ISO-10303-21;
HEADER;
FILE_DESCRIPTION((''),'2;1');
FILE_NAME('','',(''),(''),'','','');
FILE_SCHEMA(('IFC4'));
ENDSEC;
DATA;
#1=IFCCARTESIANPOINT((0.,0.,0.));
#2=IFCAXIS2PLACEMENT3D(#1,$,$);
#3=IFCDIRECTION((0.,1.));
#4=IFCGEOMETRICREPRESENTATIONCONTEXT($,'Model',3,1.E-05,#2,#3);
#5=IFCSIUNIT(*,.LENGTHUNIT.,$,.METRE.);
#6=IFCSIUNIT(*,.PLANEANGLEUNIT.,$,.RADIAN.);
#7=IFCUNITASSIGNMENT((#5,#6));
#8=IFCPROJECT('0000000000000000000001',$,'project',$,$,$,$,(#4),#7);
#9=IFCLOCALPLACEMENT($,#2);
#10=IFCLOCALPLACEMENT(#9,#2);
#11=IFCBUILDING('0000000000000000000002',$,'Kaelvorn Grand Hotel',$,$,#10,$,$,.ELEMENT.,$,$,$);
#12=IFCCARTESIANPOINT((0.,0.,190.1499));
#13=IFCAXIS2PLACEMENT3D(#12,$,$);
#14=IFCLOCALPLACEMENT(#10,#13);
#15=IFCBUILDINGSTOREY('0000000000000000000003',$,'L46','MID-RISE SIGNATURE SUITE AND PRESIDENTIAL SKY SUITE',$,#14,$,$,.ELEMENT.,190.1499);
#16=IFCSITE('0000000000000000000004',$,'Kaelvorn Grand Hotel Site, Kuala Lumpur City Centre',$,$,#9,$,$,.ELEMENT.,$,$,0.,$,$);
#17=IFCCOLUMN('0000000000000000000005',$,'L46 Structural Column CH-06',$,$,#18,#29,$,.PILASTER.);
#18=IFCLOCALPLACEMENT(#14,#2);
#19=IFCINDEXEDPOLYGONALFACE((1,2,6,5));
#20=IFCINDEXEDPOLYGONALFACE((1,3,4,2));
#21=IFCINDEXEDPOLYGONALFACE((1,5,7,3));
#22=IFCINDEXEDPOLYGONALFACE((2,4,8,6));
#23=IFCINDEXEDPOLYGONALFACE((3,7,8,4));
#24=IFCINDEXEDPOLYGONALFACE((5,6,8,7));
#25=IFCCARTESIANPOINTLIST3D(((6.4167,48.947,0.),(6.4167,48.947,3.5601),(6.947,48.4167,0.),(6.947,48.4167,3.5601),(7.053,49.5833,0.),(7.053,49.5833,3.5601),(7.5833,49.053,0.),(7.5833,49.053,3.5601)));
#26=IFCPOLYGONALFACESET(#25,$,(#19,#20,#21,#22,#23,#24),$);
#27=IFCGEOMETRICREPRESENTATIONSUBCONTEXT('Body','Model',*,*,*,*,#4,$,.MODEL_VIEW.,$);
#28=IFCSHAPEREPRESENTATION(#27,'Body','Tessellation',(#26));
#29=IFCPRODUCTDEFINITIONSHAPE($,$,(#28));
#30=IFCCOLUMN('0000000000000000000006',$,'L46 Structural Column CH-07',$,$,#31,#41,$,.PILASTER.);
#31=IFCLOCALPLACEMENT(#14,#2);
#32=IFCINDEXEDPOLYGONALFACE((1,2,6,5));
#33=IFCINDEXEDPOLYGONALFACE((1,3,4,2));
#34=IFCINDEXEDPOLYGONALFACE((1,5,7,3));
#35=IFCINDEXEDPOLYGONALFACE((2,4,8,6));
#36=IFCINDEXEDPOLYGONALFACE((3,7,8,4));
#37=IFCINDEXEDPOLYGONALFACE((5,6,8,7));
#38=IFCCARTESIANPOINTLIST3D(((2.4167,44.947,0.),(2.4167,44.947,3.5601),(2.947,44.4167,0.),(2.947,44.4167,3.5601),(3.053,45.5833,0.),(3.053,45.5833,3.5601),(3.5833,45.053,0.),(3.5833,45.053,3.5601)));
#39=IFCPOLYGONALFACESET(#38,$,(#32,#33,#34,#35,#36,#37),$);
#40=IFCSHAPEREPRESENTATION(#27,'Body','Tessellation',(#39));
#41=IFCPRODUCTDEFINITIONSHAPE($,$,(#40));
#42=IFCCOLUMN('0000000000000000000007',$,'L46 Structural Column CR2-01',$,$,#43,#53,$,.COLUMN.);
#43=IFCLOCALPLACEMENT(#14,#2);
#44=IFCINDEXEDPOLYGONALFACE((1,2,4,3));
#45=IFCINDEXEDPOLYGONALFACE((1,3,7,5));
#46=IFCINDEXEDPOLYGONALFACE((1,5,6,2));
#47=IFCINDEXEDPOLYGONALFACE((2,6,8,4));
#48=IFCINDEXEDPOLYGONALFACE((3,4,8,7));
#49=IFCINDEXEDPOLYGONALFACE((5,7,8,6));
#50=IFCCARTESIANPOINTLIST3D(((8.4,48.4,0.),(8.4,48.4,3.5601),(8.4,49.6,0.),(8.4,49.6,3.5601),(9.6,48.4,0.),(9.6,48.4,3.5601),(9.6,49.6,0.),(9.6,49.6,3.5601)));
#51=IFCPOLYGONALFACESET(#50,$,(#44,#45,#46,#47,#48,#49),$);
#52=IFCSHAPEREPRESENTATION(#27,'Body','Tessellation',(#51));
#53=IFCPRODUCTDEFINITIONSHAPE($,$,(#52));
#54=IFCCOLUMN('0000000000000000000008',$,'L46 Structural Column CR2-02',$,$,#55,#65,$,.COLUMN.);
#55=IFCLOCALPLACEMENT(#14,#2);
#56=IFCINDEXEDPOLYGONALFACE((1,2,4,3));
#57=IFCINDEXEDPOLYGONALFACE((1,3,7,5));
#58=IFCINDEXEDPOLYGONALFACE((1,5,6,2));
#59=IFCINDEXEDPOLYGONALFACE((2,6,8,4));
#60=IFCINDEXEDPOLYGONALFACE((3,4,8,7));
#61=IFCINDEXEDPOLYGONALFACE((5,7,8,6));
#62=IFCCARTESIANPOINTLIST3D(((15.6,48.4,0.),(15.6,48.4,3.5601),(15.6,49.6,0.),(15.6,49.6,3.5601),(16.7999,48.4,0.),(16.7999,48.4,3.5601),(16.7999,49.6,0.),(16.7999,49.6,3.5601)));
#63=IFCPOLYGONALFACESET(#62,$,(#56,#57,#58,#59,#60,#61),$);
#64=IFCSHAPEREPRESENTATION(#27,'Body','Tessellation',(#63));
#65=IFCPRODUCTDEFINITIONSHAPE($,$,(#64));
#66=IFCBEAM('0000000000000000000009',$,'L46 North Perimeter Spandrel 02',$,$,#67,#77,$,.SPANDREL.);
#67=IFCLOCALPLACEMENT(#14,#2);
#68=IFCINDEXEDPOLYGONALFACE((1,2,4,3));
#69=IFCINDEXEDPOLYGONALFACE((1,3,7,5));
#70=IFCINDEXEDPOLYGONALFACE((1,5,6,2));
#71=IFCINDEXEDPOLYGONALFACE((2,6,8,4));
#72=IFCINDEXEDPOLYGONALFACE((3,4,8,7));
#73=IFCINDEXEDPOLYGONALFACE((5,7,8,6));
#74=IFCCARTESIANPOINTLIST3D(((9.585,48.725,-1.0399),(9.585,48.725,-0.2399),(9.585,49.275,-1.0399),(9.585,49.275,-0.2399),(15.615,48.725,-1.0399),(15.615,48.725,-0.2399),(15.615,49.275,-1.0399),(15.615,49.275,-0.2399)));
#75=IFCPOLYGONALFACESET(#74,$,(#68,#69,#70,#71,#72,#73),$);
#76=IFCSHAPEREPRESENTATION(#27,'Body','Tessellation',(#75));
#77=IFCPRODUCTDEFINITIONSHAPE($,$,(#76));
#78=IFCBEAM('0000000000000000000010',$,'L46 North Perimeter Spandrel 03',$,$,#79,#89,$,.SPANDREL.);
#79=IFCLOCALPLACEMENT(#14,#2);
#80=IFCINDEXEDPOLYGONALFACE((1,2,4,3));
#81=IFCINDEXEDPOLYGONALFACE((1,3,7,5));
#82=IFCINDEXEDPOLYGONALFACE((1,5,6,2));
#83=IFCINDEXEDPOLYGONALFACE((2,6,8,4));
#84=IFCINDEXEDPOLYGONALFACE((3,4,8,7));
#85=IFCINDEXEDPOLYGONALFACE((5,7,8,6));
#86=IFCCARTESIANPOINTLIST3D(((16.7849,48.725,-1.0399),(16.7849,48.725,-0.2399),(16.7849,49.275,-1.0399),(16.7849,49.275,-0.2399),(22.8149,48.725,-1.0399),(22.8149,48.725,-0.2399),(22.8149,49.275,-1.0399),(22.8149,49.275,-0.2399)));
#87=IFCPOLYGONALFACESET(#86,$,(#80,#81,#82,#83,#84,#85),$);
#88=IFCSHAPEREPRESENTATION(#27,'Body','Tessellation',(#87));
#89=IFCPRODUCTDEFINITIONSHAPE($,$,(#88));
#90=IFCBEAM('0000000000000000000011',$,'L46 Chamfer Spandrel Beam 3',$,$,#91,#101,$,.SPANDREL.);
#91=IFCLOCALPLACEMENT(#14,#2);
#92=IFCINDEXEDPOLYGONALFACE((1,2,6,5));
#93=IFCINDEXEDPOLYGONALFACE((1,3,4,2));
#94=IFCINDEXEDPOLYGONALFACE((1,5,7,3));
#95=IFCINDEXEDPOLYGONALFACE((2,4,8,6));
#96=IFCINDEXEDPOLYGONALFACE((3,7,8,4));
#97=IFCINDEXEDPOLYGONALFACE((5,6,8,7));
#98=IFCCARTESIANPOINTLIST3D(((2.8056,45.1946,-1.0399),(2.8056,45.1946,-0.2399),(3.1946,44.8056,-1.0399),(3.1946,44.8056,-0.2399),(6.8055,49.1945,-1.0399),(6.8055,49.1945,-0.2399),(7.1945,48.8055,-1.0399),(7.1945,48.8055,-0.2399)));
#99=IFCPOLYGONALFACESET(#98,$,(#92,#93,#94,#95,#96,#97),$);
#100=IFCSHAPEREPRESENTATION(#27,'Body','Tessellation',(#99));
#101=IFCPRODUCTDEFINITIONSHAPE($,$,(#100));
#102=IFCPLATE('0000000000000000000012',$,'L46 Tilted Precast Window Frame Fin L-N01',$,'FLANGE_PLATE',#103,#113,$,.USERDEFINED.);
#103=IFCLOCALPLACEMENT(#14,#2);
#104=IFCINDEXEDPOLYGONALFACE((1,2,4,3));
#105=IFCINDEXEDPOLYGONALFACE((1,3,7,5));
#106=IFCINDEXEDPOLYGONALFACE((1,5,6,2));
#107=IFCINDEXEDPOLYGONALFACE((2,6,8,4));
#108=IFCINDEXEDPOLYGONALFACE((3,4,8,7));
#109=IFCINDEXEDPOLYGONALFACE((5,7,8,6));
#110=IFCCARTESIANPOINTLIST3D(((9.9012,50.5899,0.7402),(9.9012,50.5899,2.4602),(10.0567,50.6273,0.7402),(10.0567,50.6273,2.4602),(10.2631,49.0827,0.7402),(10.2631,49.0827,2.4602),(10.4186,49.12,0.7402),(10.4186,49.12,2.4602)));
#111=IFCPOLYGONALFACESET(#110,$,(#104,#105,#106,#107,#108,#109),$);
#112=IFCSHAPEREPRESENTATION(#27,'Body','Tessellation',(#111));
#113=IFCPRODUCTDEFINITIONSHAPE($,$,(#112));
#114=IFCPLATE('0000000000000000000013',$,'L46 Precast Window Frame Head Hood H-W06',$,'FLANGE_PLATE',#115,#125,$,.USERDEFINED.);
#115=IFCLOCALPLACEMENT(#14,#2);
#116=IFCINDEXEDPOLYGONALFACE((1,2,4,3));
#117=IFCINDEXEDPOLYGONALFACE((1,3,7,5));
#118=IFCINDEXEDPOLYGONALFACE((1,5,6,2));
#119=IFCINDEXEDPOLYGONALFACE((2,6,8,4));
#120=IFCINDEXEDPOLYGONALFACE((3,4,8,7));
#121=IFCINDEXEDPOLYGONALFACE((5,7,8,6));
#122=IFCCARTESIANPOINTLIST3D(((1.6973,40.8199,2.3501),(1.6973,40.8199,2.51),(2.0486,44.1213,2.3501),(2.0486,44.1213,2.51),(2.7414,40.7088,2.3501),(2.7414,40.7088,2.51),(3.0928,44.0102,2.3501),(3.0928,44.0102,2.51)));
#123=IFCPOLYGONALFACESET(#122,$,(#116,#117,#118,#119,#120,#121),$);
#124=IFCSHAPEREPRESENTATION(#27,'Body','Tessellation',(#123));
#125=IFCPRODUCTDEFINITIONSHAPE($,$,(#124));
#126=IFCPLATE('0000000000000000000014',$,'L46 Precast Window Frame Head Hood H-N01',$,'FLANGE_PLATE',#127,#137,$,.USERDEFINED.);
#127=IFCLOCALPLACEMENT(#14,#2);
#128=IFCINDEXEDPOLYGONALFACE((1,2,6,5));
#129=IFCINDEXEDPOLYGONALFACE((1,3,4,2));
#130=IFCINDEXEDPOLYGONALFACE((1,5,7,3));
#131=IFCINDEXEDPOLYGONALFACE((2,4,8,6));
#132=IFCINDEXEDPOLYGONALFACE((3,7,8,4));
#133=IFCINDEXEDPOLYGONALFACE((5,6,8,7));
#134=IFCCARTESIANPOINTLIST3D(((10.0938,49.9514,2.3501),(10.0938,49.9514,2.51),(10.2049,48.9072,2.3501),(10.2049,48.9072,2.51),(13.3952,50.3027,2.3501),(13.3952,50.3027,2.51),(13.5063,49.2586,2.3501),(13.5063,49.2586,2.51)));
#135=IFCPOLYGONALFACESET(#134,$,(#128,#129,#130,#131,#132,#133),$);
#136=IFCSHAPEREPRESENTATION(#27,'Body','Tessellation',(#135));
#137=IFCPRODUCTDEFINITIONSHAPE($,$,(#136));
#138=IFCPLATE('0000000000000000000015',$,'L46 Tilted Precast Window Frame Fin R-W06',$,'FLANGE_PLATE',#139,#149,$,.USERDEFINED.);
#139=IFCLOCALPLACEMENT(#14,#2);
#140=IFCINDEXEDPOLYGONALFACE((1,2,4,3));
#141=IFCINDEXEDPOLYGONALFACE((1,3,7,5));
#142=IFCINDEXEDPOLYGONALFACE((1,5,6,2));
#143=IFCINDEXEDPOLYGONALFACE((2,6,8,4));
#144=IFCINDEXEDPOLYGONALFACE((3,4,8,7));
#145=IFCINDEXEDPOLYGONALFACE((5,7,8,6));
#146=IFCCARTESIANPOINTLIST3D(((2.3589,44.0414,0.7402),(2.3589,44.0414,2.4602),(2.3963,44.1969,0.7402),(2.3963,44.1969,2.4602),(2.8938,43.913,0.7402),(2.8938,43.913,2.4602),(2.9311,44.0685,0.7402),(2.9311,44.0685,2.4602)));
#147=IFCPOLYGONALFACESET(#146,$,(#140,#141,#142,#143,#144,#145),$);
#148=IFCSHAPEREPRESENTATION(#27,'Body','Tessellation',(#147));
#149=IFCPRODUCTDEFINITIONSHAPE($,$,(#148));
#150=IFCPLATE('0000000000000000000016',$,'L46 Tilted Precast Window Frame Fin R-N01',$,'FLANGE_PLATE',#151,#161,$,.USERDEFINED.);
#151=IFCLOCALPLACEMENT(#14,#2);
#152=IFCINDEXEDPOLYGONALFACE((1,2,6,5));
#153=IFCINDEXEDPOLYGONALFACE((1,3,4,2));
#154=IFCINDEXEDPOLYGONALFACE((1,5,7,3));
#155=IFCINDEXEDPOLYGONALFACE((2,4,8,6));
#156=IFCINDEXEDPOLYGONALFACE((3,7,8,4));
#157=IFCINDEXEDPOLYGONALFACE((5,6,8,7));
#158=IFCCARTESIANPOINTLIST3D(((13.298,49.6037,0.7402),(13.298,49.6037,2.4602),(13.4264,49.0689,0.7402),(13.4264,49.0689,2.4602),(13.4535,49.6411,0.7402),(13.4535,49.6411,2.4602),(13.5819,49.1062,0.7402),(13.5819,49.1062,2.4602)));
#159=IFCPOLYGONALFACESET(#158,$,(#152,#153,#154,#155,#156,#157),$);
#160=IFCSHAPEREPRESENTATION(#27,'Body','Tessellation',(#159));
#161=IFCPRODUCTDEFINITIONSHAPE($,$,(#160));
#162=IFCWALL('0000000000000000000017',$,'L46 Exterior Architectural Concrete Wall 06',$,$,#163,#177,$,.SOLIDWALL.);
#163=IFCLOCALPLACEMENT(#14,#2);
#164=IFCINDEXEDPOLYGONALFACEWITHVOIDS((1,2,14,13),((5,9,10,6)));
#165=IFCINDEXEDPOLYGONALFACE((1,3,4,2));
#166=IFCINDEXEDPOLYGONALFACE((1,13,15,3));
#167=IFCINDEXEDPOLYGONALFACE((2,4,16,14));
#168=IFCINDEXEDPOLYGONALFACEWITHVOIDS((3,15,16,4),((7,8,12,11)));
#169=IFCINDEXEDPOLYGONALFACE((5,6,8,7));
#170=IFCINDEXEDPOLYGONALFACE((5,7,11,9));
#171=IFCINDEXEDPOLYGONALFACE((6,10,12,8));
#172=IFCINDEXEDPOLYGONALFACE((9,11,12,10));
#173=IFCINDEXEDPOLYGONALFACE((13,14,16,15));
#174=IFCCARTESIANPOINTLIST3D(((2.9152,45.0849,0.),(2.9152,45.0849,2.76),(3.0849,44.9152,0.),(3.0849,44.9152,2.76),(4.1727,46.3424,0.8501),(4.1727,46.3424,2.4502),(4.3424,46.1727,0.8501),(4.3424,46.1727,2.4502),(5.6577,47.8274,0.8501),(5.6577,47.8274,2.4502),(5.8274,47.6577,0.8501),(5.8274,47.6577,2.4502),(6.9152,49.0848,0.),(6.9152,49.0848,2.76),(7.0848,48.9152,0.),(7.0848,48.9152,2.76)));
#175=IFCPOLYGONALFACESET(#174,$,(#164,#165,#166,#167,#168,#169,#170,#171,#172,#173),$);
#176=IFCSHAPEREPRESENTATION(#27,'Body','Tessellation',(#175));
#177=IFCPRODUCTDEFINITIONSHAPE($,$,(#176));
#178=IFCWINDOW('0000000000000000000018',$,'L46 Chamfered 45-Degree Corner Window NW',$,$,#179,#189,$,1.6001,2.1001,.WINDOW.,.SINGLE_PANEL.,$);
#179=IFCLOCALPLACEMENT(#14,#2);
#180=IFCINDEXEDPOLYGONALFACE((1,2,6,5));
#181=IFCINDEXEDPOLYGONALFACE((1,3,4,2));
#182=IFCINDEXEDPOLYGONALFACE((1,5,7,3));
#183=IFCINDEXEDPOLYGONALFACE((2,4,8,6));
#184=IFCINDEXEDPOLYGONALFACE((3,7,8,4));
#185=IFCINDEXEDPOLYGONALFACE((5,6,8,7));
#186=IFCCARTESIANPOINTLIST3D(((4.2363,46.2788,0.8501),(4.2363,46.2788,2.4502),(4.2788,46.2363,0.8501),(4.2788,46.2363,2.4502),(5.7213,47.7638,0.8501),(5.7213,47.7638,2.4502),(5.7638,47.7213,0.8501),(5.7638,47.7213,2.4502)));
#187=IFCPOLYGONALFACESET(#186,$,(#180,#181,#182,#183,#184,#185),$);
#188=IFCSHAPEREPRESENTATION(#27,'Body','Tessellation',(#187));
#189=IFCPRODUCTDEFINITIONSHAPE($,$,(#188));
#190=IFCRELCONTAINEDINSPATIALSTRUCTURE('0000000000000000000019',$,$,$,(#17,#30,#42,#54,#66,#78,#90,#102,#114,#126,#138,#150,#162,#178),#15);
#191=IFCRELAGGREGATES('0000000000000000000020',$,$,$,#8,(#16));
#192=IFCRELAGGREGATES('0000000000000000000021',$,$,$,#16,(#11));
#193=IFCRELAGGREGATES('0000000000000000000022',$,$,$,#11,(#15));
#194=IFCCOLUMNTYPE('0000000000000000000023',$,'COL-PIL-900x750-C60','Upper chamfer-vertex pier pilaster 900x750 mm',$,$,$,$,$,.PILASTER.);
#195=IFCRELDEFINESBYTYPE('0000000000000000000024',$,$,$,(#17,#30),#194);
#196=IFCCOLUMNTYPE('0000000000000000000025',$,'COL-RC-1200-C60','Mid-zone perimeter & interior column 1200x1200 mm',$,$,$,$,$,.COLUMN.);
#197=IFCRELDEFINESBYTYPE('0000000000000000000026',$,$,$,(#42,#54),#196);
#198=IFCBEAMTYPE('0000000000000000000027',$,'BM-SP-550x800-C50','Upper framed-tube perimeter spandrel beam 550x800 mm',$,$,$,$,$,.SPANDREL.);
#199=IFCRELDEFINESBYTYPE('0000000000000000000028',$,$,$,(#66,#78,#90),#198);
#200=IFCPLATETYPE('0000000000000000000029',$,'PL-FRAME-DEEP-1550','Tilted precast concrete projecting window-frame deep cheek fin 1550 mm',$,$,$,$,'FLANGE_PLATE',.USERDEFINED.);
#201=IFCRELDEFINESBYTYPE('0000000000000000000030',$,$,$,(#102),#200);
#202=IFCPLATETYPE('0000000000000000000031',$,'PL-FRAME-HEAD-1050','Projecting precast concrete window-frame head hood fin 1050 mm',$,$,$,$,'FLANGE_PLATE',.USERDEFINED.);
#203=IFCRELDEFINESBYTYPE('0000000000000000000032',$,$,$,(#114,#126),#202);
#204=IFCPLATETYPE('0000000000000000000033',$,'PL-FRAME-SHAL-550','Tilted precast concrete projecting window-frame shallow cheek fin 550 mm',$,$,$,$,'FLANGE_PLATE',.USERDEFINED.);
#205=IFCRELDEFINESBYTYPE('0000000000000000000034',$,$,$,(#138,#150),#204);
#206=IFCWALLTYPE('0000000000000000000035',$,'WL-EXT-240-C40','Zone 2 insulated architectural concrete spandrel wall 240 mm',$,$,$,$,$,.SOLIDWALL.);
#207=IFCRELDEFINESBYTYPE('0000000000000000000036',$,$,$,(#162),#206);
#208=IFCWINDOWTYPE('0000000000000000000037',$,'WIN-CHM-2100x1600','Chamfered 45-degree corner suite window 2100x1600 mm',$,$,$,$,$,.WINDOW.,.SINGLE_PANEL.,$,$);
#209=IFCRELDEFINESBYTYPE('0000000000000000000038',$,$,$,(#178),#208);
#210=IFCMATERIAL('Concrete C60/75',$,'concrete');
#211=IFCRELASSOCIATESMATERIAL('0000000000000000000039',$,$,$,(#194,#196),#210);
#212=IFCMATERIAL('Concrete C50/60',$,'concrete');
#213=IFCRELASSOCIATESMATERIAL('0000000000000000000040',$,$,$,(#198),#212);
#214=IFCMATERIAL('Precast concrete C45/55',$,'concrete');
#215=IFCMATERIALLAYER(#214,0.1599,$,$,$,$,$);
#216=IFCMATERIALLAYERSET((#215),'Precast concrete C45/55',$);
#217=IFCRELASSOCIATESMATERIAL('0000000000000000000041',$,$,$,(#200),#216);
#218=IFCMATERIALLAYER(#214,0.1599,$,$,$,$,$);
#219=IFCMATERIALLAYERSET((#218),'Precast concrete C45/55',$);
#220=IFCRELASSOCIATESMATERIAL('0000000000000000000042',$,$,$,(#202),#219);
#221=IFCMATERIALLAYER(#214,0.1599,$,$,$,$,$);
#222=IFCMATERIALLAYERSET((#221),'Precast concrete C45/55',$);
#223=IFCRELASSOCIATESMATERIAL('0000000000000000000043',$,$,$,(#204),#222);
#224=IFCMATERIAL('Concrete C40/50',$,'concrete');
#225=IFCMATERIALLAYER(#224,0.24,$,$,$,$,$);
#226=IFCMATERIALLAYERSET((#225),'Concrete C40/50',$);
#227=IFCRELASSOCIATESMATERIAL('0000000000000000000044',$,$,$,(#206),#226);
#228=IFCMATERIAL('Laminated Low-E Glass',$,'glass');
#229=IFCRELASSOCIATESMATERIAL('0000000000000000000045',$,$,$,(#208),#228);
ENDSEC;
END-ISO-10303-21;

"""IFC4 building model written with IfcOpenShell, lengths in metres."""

from ifc_helpers import new_model, si_unit, direction, frame, frame_2d, origin, origin_2d, place, context, subcontext, project, spatial, rectangle, extrude, material, layer, layer_set, material_profile, profile_set, type_object, element, fill, save


model = new_model("IFC4")

# Units and contexts
model_context = context("Model", 3, precision=1e-05, world=origin(), true_north=direction((0.0, 1.0)))
body_context = subcontext(model_context, "Body", "Model", "MODEL_VIEW")
ifc_project = project(units=[si_unit("LENGTHUNIT", "METRE"), si_unit("PLANEANGLEUNIT", "RADIAN")], contexts=[model_context])

# Site, building, storey
site_placement = place(None, origin())
site = spatial("IfcSite", under=ifc_project, at=site_placement, Name="Kaelvorn Grand Hotel Site, Kuala Lumpur City Centre", CompositionType="ELEMENT", RefElevation=0.0)
building_placement = place(site_placement, origin())
building = spatial("IfcBuilding", under=site, at=building_placement, Name="Kaelvorn Grand Hotel", CompositionType="ELEMENT")
storey_placement = place(building_placement, frame((0.0, 0.0, 190.1499)))
storey = spatial("IfcBuildingStorey", under=building, at=storey_placement, Name="L46", Description="MID-RISE SIGNATURE SUITE AND PRESIDENTIAL SKY SUITE", CompositionType="ELEMENT", Elevation=190.1499)

# Columns
ifc_material_1 = material(Name="Concrete C60/75", Category="concrete")
ifc_material_profile_1 = material_profile(ifc_material_1, rectangle(XDim=0.8999, YDim=0.75, at=origin_2d()), Name="RC PILASTER 900x750")
ifc_profile_set_1 = profile_set([ifc_material_profile_1], Name="Concrete C60/75")
column_type_1 = type_object("IfcColumnType", Name="COL-PIL-900x750-C60", Description="Upper chamfer-vertex pier pilaster 900x750 mm", PredefinedType="PILASTER", material=ifc_profile_set_1)
for number, where, z_axis, x_axis, name in (
    (1, (7.0, 49.0, 0.0), (0.0, 0.0, 1.0), (0.707107, 0.707107, 0.0), "L46 Structural Column CH-06"),
    (2, (3.0, 45.0, 0.0), (0.0, 0.0, 1.0), (0.707107, 0.707107, 0.0), "L46 Structural Column CH-07"),
):
    element("IfcColumn", number, at=place(storey_placement, frame(where, z_axis=z_axis, x_axis=x_axis)), inside=storey, type_object=column_type_1, Name=name, PredefinedType="PILASTER", context=body_context, shape_type="SweptSolid", body=[
        extrude(rectangle(XDim=0.8999, YDim=0.75, at=origin_2d()), origin(), (0.0, 0.0, 1.0), 3.5601),
    ])
ifc_material_profile_2 = material_profile(ifc_material_1, rectangle(XDim=1.2, YDim=1.2, at=origin_2d()), Name="RC COL 1200x1200")
ifc_profile_set_2 = profile_set([ifc_material_profile_2], Name="Concrete C60/75")
column_type_2 = type_object("IfcColumnType", Name="COL-RC-1200-C60", Description="Mid-zone perimeter & interior column 1200x1200 mm", PredefinedType="COLUMN", material=ifc_profile_set_2)
for number, where, z_axis, x_axis, name in (
    (3, (9.0, 49.0, 0.0), (0.0, 0.0, 1.0), (1.0, 0.0, 0.0), "L46 Structural Column CR2-01"),
    (4, (16.2, 49.0, 0.0), (0.0, 0.0, 1.0), (1.0, 0.0, 0.0), "L46 Structural Column CR2-02"),
):
    element("IfcColumn", number, at=place(storey_placement, frame(where, z_axis=z_axis, x_axis=x_axis)), inside=storey, type_object=column_type_2, Name=name, PredefinedType="COLUMN", context=body_context, shape_type="SweptSolid", body=[
        extrude(rectangle(XDim=1.2, YDim=1.2, at=origin_2d()), origin(), (0.0, 0.0, 1.0), 3.5601),
    ])

# Beams
ifc_material_2 = material(Name="Concrete C50/60", Category="concrete")
ifc_material_profile_3 = material_profile(ifc_material_2, rectangle(XDim=0.55, YDim=0.8, at=origin_2d()), Name="RC SPANDREL 550x800")
ifc_profile_set_3 = profile_set([ifc_material_profile_3], Name="Concrete C50/60")
beam_type = type_object("IfcBeamType", Name="BM-SP-550x800-C50", Description="Upper framed-tube perimeter spandrel beam 550x800 mm", PredefinedType="SPANDREL", material=ifc_profile_set_3)
for number, where, z_axis, x_axis, name in (
    (5, (9.585, 49.0, -0.6399), (1.0, 0.0, 0.0), (0.0, 1.0, 0.0), "L46 North Perimeter Spandrel 02"),
    (6, (16.7849, 49.0, -0.6399), (1.0, 0.0, 0.0), (0.0, 1.0, 0.0), "L46 North Perimeter Spandrel 03"),
):
    element("IfcBeam", number, at=place(storey_placement, frame(where, z_axis=z_axis, x_axis=x_axis)), inside=storey, type_object=beam_type, Name=name, PredefinedType="SPANDREL", context=body_context, shape_type="SweptSolid", body=[
        extrude(rectangle(XDim=0.55, YDim=0.8, at=origin_2d()), origin(), (0.0, 0.0, 1.0), 6.03),
    ])
beam_placement = place(storey_placement, frame((7.0, 49.0, -0.6399), z_axis=(-0.707107, -0.707107, 0.0), x_axis=(0.707107, -0.707107, 0.0)))
element("IfcBeam", 7, at=beam_placement, inside=storey, type_object=beam_type, Name="L46 Chamfer Spandrel Beam 3", PredefinedType="SPANDREL", context=body_context, shape_type="SweptSolid", body=[
    extrude(rectangle(XDim=0.55, YDim=0.8, at=origin_2d()), origin(), (0.0, 0.0, 1.0), 5.6567),
])

# Plates
ifc_material_3 = material(Name="Precast concrete C45/55", Category="concrete")
ifc_layer_1 = layer(ifc_material_3, 0.1599)
ifc_layer_set_1 = layer_set([ifc_layer_1], Name="Precast concrete C45/55")
plate_type_1 = type_object("IfcPlateType", Name="PL-FRAME-DEEP-1550", Description="Tilted precast concrete projecting window-frame deep cheek fin 1550 mm", ElementType="FLANGE_PLATE", PredefinedType="USERDEFINED", material=ifc_layer_set_1)
plate_placement = place(storey_placement, frame((10.1599, 49.855, 0.7402), z_axis=(0.0, 0.0, 1.0), x_axis=(0.97237, 0.233445, 0.0)))
element("IfcPlate", 8, at=plate_placement, inside=storey, type_object=plate_type_1, Name="L46 Tilted Precast Window Frame Fin L-N01", ObjectType="FLANGE_PLATE", PredefinedType="USERDEFINED", context=body_context, shape_type="SweptSolid", body=[
    extrude(rectangle(XDim=0.1599, YDim=1.55, at=origin_2d()), origin(), (0.0, 0.0, 1.0), 1.72),
])
ifc_layer_2 = layer(ifc_material_3, 0.1599)
ifc_layer_set_2 = layer_set([ifc_layer_2], Name="Precast concrete C45/55")
plate_type_2 = type_object("IfcPlateType", Name="PL-FRAME-HEAD-1050", Description="Projecting precast concrete window-frame head hood fin 1050 mm", ElementType="FLANGE_PLATE", PredefinedType="USERDEFINED", material=ifc_layer_set_2)
for number, where, z_axis, x_axis, name in (
    (9, (2.395, 42.415, 2.3501), (0.0, 0.0, 1.0), (0.10583, 0.994384, 0.0), "L46 Precast Window Frame Head Hood H-W06"),
    (10, (11.8, 49.605, 2.3501), (0.0, 0.0, 1.0), (0.994384, 0.10583, 0.0), "L46 Precast Window Frame Head Hood H-N01"),
):
    element("IfcPlate", number, at=place(storey_placement, frame(where, z_axis=z_axis, x_axis=x_axis)), inside=storey, type_object=plate_type_2, Name=name, ObjectType="FLANGE_PLATE", PredefinedType="USERDEFINED", context=body_context, shape_type="SweptSolid", body=[
        extrude(rectangle(XDim=3.3201, YDim=1.05, at=origin_2d()), origin(), (0.0, 0.0, 1.0), 0.1599),
    ])
ifc_layer_3 = layer(ifc_material_3, 0.1599)
ifc_layer_set_3 = layer_set([ifc_layer_3], Name="Precast concrete C45/55")
plate_type_3 = type_object("IfcPlateType", Name="PL-FRAME-SHAL-550", Description="Tilted precast concrete projecting window-frame shallow cheek fin 550 mm", ElementType="FLANGE_PLATE", PredefinedType="USERDEFINED", material=ifc_layer_set_3)
for number, where, z_axis, x_axis, name in (
    (11, (2.645, 44.0549, 0.7402), (0.0, 0.0, 1.0), (0.233445, 0.97237, 0.0), "L46 Tilted Precast Window Frame Fin R-W06"),
    (12, (13.4399, 49.355, 0.7402), (0.0, 0.0, 1.0), (0.97237, 0.233445, 0.0), "L46 Tilted Precast Window Frame Fin R-N01"),
):
    element("IfcPlate", number, at=place(storey_placement, frame(where, z_axis=z_axis, x_axis=x_axis)), inside=storey, type_object=plate_type_3, Name=name, ObjectType="FLANGE_PLATE", PredefinedType="USERDEFINED", context=body_context, shape_type="SweptSolid", body=[
        extrude(rectangle(XDim=0.1599, YDim=0.55, at=origin_2d()), origin(), (0.0, 0.0, 1.0), 1.72),
    ])

# Wall, opening, window
ifc_material_4 = material(Name="Concrete C40/50", Category="concrete")
ifc_layer_4 = layer(ifc_material_4, 0.24)
ifc_layer_set_4 = layer_set([ifc_layer_4], Name="Concrete C40/50")
wall_type_1 = type_object("IfcWallType", Name="WL-EXT-240-C40", Description="Zone 2 insulated architectural concrete spandrel wall 240 mm", PredefinedType="SOLIDWALL", material=ifc_layer_set_4)
wall_1_placement = place(storey_placement, frame((7.0, 49.0, 0.0), z_axis=(0.0, 0.0, 1.0), x_axis=(-0.707107, -0.707107, 0.0)))
wall_1 = element("IfcWall", 13, at=wall_1_placement, inside=storey, type_object=wall_type_1, Name="L46 Exterior Architectural Concrete Wall 06", PredefinedType="SOLIDWALL", context=body_context, shape_type="SweptSolid", body=[
    extrude(rectangle(XDim=5.6567, YDim=0.24, at=frame_2d((2.8284, 0.0))), origin(), (0.0, 0.0, 1.0), 2.76),
])
opening_1_placement = place(wall_1_placement, frame((1.7783, 0.0, 0.8501)))
opening_1 = element("IfcOpeningElement", 14, at=opening_1_placement, cuts=wall_1, PredefinedType="OPENING", context=body_context, shape_type="SweptSolid", body=[
    extrude(rectangle(XDim=2.1001, YDim=1.6001, at=frame_2d((1.05, 0.8))), frame((0.0, 0.1299, 0.0), z_axis=(0.0, -1.0, 0.0), x_axis=(1.0, 0.0, 0.0)), (0.0, 0.0, 1.0), 0.26),
])
ifc_material_5 = material(Name="Laminated Low-E Glass", Category="glass")
window_type_1 = type_object("IfcWindowType", Name="WIN-CHM-2100x1600", Description="Chamfered 45-degree corner suite window 2100x1600 mm", PartitioningType="SINGLE_PANEL", PredefinedType="WINDOW", material=ifc_material_5)
window_1_placement = place(opening_1_placement, origin())
window_1 = element("IfcWindow", 15, at=window_1_placement, inside=storey, type_object=window_type_1, Name="L46 Chamfered 45-Degree Corner Window NW", OverallHeight=1.6001, OverallWidth=2.1001, PartitioningType="SINGLE_PANEL", PredefinedType="WINDOW", context=body_context, shape_type="SweptSolid", body=[
    extrude(rectangle(XDim=2.1001, YDim=1.6001, at=frame_2d((1.05, 0.8))), frame((0.0, 0.03, 0.0), z_axis=(0.0, -1.0, 0.0), x_axis=(1.0, 0.0, 0.0)), (0.0, 0.0, 1.0), 0.0601),
])
fill(opening_1, window_1)

save(model, "model.ifc")
